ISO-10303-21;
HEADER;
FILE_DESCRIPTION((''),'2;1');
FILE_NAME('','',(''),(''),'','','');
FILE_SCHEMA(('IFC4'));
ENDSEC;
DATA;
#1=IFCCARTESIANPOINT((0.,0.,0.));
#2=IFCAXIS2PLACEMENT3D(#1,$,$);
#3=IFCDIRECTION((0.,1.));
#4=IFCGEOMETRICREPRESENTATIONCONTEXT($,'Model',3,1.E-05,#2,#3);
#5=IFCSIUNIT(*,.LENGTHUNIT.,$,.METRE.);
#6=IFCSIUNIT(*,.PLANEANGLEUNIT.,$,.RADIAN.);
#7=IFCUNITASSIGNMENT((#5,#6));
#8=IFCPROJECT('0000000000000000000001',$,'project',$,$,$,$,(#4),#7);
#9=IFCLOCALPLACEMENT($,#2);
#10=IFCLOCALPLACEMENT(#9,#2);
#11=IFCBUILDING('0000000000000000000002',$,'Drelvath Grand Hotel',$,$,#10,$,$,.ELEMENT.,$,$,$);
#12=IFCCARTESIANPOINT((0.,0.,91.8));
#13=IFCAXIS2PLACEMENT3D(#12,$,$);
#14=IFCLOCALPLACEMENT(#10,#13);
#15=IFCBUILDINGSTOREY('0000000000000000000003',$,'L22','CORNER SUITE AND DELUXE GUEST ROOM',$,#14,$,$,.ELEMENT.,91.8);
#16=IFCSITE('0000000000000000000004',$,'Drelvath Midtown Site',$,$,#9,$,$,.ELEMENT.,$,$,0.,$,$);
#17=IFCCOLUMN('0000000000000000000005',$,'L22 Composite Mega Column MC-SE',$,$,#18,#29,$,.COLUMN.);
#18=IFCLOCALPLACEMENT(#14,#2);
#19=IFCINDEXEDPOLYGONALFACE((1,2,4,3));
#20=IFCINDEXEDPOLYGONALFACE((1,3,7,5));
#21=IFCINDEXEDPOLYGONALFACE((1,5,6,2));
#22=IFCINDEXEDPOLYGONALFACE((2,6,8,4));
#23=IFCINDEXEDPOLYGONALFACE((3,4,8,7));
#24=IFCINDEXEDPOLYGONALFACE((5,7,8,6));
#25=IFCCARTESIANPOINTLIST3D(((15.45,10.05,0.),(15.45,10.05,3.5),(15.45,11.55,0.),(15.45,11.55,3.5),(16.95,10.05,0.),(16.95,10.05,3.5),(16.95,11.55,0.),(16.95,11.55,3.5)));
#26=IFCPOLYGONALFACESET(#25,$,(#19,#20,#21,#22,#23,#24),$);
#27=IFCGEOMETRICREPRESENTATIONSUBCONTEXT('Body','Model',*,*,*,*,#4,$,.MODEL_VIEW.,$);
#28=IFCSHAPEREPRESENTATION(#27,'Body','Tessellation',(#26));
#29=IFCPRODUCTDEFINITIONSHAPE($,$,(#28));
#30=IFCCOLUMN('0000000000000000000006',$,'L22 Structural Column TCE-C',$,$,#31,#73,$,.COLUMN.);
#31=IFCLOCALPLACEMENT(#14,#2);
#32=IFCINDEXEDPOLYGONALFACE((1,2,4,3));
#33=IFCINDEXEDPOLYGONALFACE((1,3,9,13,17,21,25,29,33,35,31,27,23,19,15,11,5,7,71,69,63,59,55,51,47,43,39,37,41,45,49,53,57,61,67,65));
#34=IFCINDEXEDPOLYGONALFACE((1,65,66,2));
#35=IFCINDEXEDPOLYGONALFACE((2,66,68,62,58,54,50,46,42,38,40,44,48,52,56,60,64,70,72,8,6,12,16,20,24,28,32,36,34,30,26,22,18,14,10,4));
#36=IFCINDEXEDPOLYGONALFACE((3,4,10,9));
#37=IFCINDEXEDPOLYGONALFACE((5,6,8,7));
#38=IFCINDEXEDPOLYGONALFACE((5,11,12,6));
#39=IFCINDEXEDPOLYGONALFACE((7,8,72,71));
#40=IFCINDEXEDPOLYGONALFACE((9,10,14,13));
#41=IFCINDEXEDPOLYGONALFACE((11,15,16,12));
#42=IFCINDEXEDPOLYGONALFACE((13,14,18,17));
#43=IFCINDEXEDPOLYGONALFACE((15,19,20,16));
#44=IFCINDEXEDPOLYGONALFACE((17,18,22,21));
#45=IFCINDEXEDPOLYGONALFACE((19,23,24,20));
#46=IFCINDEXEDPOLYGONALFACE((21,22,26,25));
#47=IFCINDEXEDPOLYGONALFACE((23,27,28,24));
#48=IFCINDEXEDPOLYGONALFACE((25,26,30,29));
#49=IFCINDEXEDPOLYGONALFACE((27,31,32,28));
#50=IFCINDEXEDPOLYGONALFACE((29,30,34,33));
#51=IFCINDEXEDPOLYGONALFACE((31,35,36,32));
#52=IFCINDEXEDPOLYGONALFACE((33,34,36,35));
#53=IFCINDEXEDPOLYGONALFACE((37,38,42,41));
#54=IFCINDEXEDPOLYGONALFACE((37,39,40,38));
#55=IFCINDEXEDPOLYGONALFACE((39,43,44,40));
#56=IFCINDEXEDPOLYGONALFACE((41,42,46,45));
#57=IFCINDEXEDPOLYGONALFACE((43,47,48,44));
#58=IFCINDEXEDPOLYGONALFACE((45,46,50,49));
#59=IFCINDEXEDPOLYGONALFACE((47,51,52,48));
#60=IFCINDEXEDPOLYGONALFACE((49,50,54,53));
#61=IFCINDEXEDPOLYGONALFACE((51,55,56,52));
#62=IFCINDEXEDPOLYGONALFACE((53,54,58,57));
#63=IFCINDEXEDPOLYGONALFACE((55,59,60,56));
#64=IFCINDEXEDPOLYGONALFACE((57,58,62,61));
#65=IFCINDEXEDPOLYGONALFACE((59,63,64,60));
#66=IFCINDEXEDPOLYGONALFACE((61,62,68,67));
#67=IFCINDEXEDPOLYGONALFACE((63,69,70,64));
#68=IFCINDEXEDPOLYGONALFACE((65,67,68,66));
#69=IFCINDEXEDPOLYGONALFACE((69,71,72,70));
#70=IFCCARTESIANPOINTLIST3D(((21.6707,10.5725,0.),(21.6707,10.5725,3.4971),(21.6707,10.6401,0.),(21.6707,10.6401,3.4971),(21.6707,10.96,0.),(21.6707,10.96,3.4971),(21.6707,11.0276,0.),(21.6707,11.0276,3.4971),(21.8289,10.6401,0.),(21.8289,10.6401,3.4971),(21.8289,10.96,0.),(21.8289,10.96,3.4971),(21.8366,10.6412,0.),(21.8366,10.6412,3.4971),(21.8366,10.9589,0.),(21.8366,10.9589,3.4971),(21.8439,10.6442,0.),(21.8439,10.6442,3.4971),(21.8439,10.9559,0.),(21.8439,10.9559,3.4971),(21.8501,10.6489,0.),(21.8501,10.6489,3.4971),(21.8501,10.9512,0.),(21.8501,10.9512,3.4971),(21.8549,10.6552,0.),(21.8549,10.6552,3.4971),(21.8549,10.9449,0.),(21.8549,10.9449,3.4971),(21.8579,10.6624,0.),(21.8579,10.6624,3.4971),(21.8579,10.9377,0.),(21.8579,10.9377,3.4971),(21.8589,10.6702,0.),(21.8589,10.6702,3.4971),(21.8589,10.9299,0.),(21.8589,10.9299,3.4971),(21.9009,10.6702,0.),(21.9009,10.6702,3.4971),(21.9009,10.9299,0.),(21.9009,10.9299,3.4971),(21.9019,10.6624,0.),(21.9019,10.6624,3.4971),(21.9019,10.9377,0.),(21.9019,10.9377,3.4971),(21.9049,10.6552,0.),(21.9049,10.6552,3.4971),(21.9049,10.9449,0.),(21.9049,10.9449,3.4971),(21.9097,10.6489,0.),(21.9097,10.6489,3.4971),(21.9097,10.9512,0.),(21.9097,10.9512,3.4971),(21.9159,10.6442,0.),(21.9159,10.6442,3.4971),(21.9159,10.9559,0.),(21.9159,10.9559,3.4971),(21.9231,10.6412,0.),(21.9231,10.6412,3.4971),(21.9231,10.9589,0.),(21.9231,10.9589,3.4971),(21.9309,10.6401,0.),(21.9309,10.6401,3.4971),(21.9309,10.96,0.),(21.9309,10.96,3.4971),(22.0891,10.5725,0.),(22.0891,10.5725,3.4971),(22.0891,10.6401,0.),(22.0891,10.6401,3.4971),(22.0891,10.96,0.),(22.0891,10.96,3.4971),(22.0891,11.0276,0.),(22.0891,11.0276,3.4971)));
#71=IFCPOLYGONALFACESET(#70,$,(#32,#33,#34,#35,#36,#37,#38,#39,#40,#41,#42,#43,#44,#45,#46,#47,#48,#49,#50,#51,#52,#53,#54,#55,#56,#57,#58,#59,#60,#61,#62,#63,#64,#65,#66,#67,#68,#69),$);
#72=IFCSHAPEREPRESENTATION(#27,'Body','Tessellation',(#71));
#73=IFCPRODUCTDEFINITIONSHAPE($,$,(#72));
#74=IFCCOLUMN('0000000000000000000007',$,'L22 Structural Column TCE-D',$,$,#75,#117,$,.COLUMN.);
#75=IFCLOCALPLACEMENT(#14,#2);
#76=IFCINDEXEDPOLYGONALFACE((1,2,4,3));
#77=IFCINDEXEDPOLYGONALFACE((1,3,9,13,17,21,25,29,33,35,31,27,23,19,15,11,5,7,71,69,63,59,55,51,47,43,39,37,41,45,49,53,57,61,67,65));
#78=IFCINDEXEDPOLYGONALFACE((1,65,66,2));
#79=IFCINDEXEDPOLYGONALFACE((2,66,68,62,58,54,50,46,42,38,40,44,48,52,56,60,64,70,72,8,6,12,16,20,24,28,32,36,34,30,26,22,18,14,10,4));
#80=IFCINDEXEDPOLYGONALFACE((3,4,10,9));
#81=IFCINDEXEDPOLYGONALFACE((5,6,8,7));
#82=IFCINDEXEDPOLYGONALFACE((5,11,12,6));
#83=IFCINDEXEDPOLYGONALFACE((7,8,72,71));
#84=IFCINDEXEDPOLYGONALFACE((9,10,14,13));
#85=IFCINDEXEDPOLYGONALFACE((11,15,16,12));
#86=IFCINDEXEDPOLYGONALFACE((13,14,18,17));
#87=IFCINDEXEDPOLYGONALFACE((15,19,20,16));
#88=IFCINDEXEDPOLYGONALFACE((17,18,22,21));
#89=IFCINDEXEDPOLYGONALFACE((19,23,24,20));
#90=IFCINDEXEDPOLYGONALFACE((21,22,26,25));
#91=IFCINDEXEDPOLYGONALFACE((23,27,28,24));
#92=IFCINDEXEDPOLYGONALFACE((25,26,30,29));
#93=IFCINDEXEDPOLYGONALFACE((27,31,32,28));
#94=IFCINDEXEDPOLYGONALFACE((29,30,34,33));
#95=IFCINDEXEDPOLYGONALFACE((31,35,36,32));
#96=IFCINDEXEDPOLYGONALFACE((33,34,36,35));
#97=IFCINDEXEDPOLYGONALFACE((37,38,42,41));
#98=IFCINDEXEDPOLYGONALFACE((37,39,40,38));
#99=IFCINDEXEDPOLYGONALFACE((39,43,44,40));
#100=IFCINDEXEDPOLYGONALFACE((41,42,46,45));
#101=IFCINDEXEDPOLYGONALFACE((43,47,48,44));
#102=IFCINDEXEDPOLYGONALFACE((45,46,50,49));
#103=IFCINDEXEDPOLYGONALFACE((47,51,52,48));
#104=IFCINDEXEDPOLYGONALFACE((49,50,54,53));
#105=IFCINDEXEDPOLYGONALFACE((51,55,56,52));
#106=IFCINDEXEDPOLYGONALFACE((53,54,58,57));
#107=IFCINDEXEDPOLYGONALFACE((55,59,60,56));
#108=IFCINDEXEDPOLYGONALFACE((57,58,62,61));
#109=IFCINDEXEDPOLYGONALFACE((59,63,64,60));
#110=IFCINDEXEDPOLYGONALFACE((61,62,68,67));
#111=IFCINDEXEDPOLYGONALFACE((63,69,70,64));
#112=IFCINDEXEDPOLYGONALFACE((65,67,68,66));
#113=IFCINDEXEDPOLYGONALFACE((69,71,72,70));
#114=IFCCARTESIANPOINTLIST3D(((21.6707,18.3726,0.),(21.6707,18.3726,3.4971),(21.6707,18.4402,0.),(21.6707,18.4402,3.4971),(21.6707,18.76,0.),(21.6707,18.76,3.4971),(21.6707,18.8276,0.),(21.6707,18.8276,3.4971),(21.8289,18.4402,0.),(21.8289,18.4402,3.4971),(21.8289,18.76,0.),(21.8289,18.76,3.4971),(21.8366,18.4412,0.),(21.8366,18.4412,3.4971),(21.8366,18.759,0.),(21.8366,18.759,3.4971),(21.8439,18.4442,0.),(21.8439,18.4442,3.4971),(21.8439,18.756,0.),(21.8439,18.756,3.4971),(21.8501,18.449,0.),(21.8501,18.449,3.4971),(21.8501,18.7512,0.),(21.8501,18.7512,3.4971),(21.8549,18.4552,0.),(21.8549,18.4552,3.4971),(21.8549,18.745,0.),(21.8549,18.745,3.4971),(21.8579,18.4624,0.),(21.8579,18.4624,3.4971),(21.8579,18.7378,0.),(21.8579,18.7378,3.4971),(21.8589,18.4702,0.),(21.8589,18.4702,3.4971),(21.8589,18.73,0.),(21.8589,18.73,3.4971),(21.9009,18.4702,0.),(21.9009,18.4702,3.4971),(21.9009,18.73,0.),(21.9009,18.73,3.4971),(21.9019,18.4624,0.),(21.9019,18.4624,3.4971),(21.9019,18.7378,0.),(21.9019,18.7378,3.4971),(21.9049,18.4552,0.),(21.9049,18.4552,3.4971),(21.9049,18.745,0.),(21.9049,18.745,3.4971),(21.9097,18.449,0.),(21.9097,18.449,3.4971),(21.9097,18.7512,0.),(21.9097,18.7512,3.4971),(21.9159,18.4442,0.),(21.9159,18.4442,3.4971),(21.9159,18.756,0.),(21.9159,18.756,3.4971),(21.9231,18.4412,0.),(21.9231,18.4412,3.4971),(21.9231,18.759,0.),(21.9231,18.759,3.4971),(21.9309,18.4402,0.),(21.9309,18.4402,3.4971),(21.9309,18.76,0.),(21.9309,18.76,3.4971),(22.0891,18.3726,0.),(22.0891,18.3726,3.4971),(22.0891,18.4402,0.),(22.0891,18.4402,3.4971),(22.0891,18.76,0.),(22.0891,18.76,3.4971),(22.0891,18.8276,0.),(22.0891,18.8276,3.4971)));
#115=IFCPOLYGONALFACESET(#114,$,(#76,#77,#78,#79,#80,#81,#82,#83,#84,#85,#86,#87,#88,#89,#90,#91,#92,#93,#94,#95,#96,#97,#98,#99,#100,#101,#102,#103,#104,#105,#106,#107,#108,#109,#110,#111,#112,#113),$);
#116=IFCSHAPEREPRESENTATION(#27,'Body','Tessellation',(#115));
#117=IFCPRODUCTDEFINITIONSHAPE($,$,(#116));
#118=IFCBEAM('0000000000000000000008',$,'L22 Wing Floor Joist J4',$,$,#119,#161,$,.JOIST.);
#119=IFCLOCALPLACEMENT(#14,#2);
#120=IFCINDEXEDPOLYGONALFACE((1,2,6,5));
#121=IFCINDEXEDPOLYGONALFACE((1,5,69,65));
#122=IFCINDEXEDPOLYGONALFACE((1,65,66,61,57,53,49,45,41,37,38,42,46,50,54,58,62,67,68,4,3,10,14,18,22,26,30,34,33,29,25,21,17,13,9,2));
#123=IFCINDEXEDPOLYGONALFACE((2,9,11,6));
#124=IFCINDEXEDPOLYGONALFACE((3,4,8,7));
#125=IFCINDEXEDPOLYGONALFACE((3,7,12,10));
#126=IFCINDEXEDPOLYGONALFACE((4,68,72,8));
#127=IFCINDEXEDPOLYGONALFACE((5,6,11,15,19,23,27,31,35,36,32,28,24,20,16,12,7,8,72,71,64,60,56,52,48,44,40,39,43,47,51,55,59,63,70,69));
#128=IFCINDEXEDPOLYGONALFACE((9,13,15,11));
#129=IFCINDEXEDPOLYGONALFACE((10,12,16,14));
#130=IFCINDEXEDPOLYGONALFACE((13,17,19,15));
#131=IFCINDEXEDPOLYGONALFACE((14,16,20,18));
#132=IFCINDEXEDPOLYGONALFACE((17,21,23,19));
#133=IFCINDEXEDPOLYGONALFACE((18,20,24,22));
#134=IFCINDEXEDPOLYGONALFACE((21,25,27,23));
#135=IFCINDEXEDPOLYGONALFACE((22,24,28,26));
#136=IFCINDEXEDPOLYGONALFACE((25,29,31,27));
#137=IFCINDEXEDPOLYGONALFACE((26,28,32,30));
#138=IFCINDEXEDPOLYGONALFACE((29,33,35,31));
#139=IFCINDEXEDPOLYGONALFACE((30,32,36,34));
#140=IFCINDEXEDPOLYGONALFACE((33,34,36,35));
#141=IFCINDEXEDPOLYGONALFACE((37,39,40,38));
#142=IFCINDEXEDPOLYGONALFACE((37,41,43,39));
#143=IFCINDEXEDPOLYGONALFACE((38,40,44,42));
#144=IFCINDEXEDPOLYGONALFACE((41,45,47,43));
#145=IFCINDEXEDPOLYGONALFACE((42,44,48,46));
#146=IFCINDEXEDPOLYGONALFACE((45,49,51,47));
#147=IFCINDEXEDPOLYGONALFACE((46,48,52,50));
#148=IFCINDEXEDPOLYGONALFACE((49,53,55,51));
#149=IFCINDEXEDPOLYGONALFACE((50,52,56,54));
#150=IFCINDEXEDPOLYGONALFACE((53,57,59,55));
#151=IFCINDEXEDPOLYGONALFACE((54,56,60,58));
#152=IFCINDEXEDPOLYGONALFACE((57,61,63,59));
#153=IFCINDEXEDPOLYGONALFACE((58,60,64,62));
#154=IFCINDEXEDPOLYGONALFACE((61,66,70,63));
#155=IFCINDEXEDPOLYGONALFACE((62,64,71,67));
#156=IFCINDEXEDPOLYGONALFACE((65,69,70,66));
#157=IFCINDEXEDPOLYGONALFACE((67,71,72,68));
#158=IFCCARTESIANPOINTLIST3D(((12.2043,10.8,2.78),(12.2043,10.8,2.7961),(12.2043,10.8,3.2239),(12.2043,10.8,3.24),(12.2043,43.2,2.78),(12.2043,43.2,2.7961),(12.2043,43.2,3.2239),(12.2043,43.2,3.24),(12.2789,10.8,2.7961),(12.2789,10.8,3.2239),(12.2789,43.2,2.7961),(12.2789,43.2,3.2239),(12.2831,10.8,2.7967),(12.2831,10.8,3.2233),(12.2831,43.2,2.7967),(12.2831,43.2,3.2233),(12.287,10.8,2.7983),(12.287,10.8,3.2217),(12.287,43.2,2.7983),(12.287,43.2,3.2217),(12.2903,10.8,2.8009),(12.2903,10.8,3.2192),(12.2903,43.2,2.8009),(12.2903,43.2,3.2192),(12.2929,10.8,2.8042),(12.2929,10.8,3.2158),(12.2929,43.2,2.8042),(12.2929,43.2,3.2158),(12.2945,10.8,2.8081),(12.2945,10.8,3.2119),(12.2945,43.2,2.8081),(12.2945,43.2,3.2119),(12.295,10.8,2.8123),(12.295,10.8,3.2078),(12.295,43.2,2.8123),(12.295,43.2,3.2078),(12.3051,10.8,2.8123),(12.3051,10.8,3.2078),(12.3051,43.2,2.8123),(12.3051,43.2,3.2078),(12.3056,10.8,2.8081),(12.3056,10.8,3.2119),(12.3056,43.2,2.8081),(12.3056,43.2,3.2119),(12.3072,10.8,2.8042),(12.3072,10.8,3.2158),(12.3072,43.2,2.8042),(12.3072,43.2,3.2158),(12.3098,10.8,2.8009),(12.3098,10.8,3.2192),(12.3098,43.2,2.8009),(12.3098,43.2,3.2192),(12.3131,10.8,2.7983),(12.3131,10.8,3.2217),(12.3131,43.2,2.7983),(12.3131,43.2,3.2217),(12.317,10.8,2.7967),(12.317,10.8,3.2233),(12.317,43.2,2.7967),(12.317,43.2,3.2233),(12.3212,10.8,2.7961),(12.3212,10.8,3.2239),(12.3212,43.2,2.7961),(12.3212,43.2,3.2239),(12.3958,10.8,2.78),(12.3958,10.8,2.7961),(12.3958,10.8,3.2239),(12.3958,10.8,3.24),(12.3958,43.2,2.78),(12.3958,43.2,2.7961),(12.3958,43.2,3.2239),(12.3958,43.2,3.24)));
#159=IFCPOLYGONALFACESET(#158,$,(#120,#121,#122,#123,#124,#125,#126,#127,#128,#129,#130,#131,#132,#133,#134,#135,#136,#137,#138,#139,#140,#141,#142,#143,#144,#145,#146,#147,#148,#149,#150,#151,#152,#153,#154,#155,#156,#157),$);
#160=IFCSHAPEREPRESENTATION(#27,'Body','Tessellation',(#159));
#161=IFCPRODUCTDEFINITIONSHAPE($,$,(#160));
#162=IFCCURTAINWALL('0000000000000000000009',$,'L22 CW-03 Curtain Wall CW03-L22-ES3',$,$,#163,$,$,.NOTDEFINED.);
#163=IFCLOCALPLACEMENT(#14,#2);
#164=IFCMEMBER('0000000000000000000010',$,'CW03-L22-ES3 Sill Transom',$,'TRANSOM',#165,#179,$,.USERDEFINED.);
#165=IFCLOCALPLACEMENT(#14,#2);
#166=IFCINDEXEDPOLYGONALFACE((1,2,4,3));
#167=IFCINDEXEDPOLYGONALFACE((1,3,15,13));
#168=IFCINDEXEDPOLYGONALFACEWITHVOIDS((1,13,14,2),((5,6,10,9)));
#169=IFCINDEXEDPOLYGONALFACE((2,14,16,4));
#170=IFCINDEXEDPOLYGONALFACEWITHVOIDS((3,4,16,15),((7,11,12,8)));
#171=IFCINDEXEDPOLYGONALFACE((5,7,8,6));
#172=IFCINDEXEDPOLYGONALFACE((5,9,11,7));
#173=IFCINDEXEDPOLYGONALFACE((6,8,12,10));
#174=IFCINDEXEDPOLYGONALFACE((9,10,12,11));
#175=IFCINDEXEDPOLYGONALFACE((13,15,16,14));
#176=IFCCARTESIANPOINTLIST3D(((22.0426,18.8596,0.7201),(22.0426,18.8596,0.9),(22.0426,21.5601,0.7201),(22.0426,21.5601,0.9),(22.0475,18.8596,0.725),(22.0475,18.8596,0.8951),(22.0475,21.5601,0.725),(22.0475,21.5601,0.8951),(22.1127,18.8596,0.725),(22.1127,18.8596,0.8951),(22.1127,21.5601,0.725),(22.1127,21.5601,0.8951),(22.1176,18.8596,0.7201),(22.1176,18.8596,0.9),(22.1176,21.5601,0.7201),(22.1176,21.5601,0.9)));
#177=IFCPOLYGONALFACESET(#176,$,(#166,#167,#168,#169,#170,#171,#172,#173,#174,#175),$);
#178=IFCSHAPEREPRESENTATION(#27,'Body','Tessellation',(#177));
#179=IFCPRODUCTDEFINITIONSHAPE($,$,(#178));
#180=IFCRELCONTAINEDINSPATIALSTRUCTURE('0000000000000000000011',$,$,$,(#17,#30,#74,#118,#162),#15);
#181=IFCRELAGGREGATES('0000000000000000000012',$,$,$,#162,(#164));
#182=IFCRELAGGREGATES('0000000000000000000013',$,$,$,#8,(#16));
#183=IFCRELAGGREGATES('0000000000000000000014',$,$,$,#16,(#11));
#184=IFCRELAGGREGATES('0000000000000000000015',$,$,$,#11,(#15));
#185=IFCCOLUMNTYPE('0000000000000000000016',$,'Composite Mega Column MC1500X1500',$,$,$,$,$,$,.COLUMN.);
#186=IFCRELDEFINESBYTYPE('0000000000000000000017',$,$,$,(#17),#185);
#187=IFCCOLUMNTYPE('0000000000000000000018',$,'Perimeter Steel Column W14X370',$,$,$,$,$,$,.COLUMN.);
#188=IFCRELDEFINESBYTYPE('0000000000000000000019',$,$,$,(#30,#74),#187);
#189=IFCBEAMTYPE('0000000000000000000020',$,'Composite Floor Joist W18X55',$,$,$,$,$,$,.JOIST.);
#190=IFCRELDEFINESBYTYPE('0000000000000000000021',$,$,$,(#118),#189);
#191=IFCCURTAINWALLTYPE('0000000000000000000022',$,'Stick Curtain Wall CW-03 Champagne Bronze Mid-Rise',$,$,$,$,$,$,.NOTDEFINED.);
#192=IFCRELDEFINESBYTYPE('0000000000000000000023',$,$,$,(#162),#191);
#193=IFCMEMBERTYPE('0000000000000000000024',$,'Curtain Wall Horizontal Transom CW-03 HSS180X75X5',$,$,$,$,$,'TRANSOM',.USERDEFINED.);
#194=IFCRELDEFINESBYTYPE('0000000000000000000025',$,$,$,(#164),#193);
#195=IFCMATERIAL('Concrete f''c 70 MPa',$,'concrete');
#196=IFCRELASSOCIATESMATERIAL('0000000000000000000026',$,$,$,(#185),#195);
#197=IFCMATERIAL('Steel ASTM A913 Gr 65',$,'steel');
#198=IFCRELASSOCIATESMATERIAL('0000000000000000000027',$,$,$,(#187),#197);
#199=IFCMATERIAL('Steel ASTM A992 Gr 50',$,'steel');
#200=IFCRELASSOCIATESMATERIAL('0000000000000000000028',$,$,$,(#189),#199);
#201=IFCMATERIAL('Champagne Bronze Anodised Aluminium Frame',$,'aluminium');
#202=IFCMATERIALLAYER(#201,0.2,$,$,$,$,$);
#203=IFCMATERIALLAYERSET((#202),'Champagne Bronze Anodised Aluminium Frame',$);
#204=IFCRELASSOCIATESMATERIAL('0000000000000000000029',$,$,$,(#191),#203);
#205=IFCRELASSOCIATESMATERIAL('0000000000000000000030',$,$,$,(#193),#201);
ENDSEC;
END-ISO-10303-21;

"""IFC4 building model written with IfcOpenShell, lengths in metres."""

from ifc_helpers import new_model, si_unit, direction, frame, origin, origin_2d, place, context, subcontext, project, spatial, rectangle, hollow_rectangle, i_section, extrude, material, layer, layer_set, material_profile, profile_set, type_object, element, aggregate, save


model = new_model("IFC4")

# Units and contexts
model_context = context("Model", 3, precision=1e-05, world=origin(), true_north=direction((0.0, 1.0)))
body_context = subcontext(model_context, "Body", "Model", "MODEL_VIEW")
ifc_project = project(units=[si_unit("LENGTHUNIT", "METRE"), si_unit("PLANEANGLEUNIT", "RADIAN")], contexts=[model_context])

# Site, building, storey
site_placement = place(None, origin())
site = spatial("IfcSite", under=ifc_project, at=site_placement, Name="Drelvath Midtown Site", CompositionType="ELEMENT", RefElevation=0.0)
building_placement = place(site_placement, origin())
building = spatial("IfcBuilding", under=site, at=building_placement, Name="Drelvath Grand Hotel", CompositionType="ELEMENT")
storey_placement = place(building_placement, frame((0.0, 0.0, 91.8)))
storey = spatial("IfcBuildingStorey", under=building, at=storey_placement, Name="L22", Description="CORNER SUITE AND DELUXE GUEST ROOM", CompositionType="ELEMENT", Elevation=91.8)

# Columns
ifc_material_1 = material(Name="Concrete f'c 70 MPa", Category="concrete")
ifc_material_profile_1 = material_profile(ifc_material_1, rectangle(XDim=1.5, YDim=1.5, at=origin_2d()), Name="MC1500X1500")
ifc_profile_set_1 = profile_set([ifc_material_profile_1], Name="Concrete f'c 70 MPa")
column_type_1 = type_object("IfcColumnType", Name="Composite Mega Column MC1500X1500", PredefinedType="COLUMN", material=ifc_profile_set_1)
column_placement = place(storey_placement, frame((16.2, 10.8, 0.0), z_axis=(0.0, 0.0, 1.0), x_axis=(1.0, 0.0, 0.0)))
element("IfcColumn", 1, at=column_placement, inside=storey, type_object=column_type_1, Name="L22 Composite Mega Column MC-SE", PredefinedType="COLUMN", context=body_context, shape_type="SweptSolid", body=[
    extrude(rectangle(XDim=1.5, YDim=1.5, at=origin_2d()), origin(), (0.0, 0.0, 1.0), 3.5),
])
ifc_material_2 = material(Name="Steel ASTM A913 Gr 65", Category="steel")
ifc_material_profile_2 = material_profile(ifc_material_2, i_section(OverallWidth=0.4185, OverallDepth=0.4551, WebThickness=0.042, FlangeThickness=0.0676, FilletRadius=0.03, at=origin_2d()), Name="W14X370")
ifc_profile_set_2 = profile_set([ifc_material_profile_2], Name="Steel ASTM A913 Gr 65")
column_type_2 = type_object("IfcColumnType", Name="Perimeter Steel Column W14X370", PredefinedType="COLUMN", material=ifc_profile_set_2)
for number, where, z_axis, x_axis, name in (
    (2, (21.8799, 10.8, 0.0), (0.0, 0.0, 1.0), (1.0, 0.0, 0.0), "L22 Structural Column TCE-C"),
    (3, (21.8799, 18.6001, 0.0), (0.0, 0.0, 1.0), (1.0, 0.0, 0.0), "L22 Structural Column TCE-D"),
):
    element("IfcColumn", number, at=place(storey_placement, frame(where, z_axis=z_axis, x_axis=x_axis)), inside=storey, type_object=column_type_2, Name=name, PredefinedType="COLUMN", context=body_context, shape_type="SweptSolid", body=[
        extrude(i_section(OverallWidth=0.4185, OverallDepth=0.4551, WebThickness=0.042, FlangeThickness=0.0676, FilletRadius=0.03, at=origin_2d()), origin(), (0.0, 0.0, 1.0), 3.4971),
    ])

# Beam
ifc_material_3 = material(Name="Steel ASTM A992 Gr 50", Category="steel")
ifc_material_profile_3 = material_profile(ifc_material_3, i_section(OverallWidth=0.1914, OverallDepth=0.46, WebThickness=0.01, FlangeThickness=0.0161, FilletRadius=0.0161, at=origin_2d()), Name="W18X55")
ifc_profile_set_3 = profile_set([ifc_material_profile_3], Name="Steel ASTM A992 Gr 50")
beam_type_1 = type_object("IfcBeamType", Name="Composite Floor Joist W18X55", PredefinedType="JOIST", material=ifc_profile_set_3)
beam_1_placement = place(storey_placement, frame((12.3, 10.8, 3.01), z_axis=(0.0, 1.0, 0.0), x_axis=(-1.0, 0.0, 0.0)))
element("IfcBeam", 4, at=beam_1_placement, inside=storey, type_object=beam_type_1, Name="L22 Wing Floor Joist J4", PredefinedType="JOIST", context=body_context, shape_type="SweptSolid", body=[
    extrude(i_section(OverallWidth=0.1914, OverallDepth=0.46, WebThickness=0.01, FlangeThickness=0.0161, FilletRadius=0.0161, at=origin_2d()), origin(), (0.0, 0.0, 1.0), 32.3999),
])

# Curtain wall, member
ifc_material_4 = material(Name="Champagne Bronze Anodised Aluminium Frame", Category="aluminium")
ifc_layer_1 = layer(ifc_material_4, 0.2)
ifc_layer_set_1 = layer_set([ifc_layer_1], Name="Champagne Bronze Anodised Aluminium Frame")
curtain_wall_type = type_object("IfcCurtainWallType", Name="Stick Curtain Wall CW-03 Champagne Bronze Mid-Rise", PredefinedType="NOTDEFINED", material=ifc_layer_set_1)
curtain_wall_1_placement = place(storey_placement, origin())
curtain_wall_1 = element("IfcCurtainWall", 5, at=curtain_wall_1_placement, inside=storey, type_object=curtain_wall_type, Name="L22 CW-03 Curtain Wall CW03-L22-ES3", PredefinedType="NOTDEFINED")
ifc_material_profile_4 = material_profile(ifc_material_4, hollow_rectangle(XDim=0.075, YDim=0.1799, WallThickness=0.0049, at=origin_2d()), Name="HSS180X75X5")
ifc_profile_set_4 = profile_set([ifc_material_profile_4], Name="Champagne Bronze Anodised Aluminium Frame")
member_type_1 = type_object("IfcMemberType", Name="Curtain Wall Horizontal Transom CW-03 HSS180X75X5", ElementType="TRANSOM", PredefinedType="USERDEFINED", material=ifc_profile_set_4)
member_1_placement = place(storey_placement, frame((22.0801, 21.5601, 0.8101), z_axis=(0.0, -1.0, 0.0), x_axis=(1.0, 0.0, 0.0)))
member_1 = element("IfcMember", 6, at=member_1_placement, type_object=member_type_1, Name="CW03-L22-ES3 Sill Transom", ObjectType="TRANSOM", PredefinedType="USERDEFINED", context=body_context, shape_type="SweptSolid", body=[
    extrude(hollow_rectangle(XDim=0.075, YDim=0.1799, WallThickness=0.0049, at=origin_2d()), origin(), (0.0, 0.0, 1.0), 2.7004),
])

aggregate(curtain_wall_1, [member_1])

save(model, "model.ifc")
